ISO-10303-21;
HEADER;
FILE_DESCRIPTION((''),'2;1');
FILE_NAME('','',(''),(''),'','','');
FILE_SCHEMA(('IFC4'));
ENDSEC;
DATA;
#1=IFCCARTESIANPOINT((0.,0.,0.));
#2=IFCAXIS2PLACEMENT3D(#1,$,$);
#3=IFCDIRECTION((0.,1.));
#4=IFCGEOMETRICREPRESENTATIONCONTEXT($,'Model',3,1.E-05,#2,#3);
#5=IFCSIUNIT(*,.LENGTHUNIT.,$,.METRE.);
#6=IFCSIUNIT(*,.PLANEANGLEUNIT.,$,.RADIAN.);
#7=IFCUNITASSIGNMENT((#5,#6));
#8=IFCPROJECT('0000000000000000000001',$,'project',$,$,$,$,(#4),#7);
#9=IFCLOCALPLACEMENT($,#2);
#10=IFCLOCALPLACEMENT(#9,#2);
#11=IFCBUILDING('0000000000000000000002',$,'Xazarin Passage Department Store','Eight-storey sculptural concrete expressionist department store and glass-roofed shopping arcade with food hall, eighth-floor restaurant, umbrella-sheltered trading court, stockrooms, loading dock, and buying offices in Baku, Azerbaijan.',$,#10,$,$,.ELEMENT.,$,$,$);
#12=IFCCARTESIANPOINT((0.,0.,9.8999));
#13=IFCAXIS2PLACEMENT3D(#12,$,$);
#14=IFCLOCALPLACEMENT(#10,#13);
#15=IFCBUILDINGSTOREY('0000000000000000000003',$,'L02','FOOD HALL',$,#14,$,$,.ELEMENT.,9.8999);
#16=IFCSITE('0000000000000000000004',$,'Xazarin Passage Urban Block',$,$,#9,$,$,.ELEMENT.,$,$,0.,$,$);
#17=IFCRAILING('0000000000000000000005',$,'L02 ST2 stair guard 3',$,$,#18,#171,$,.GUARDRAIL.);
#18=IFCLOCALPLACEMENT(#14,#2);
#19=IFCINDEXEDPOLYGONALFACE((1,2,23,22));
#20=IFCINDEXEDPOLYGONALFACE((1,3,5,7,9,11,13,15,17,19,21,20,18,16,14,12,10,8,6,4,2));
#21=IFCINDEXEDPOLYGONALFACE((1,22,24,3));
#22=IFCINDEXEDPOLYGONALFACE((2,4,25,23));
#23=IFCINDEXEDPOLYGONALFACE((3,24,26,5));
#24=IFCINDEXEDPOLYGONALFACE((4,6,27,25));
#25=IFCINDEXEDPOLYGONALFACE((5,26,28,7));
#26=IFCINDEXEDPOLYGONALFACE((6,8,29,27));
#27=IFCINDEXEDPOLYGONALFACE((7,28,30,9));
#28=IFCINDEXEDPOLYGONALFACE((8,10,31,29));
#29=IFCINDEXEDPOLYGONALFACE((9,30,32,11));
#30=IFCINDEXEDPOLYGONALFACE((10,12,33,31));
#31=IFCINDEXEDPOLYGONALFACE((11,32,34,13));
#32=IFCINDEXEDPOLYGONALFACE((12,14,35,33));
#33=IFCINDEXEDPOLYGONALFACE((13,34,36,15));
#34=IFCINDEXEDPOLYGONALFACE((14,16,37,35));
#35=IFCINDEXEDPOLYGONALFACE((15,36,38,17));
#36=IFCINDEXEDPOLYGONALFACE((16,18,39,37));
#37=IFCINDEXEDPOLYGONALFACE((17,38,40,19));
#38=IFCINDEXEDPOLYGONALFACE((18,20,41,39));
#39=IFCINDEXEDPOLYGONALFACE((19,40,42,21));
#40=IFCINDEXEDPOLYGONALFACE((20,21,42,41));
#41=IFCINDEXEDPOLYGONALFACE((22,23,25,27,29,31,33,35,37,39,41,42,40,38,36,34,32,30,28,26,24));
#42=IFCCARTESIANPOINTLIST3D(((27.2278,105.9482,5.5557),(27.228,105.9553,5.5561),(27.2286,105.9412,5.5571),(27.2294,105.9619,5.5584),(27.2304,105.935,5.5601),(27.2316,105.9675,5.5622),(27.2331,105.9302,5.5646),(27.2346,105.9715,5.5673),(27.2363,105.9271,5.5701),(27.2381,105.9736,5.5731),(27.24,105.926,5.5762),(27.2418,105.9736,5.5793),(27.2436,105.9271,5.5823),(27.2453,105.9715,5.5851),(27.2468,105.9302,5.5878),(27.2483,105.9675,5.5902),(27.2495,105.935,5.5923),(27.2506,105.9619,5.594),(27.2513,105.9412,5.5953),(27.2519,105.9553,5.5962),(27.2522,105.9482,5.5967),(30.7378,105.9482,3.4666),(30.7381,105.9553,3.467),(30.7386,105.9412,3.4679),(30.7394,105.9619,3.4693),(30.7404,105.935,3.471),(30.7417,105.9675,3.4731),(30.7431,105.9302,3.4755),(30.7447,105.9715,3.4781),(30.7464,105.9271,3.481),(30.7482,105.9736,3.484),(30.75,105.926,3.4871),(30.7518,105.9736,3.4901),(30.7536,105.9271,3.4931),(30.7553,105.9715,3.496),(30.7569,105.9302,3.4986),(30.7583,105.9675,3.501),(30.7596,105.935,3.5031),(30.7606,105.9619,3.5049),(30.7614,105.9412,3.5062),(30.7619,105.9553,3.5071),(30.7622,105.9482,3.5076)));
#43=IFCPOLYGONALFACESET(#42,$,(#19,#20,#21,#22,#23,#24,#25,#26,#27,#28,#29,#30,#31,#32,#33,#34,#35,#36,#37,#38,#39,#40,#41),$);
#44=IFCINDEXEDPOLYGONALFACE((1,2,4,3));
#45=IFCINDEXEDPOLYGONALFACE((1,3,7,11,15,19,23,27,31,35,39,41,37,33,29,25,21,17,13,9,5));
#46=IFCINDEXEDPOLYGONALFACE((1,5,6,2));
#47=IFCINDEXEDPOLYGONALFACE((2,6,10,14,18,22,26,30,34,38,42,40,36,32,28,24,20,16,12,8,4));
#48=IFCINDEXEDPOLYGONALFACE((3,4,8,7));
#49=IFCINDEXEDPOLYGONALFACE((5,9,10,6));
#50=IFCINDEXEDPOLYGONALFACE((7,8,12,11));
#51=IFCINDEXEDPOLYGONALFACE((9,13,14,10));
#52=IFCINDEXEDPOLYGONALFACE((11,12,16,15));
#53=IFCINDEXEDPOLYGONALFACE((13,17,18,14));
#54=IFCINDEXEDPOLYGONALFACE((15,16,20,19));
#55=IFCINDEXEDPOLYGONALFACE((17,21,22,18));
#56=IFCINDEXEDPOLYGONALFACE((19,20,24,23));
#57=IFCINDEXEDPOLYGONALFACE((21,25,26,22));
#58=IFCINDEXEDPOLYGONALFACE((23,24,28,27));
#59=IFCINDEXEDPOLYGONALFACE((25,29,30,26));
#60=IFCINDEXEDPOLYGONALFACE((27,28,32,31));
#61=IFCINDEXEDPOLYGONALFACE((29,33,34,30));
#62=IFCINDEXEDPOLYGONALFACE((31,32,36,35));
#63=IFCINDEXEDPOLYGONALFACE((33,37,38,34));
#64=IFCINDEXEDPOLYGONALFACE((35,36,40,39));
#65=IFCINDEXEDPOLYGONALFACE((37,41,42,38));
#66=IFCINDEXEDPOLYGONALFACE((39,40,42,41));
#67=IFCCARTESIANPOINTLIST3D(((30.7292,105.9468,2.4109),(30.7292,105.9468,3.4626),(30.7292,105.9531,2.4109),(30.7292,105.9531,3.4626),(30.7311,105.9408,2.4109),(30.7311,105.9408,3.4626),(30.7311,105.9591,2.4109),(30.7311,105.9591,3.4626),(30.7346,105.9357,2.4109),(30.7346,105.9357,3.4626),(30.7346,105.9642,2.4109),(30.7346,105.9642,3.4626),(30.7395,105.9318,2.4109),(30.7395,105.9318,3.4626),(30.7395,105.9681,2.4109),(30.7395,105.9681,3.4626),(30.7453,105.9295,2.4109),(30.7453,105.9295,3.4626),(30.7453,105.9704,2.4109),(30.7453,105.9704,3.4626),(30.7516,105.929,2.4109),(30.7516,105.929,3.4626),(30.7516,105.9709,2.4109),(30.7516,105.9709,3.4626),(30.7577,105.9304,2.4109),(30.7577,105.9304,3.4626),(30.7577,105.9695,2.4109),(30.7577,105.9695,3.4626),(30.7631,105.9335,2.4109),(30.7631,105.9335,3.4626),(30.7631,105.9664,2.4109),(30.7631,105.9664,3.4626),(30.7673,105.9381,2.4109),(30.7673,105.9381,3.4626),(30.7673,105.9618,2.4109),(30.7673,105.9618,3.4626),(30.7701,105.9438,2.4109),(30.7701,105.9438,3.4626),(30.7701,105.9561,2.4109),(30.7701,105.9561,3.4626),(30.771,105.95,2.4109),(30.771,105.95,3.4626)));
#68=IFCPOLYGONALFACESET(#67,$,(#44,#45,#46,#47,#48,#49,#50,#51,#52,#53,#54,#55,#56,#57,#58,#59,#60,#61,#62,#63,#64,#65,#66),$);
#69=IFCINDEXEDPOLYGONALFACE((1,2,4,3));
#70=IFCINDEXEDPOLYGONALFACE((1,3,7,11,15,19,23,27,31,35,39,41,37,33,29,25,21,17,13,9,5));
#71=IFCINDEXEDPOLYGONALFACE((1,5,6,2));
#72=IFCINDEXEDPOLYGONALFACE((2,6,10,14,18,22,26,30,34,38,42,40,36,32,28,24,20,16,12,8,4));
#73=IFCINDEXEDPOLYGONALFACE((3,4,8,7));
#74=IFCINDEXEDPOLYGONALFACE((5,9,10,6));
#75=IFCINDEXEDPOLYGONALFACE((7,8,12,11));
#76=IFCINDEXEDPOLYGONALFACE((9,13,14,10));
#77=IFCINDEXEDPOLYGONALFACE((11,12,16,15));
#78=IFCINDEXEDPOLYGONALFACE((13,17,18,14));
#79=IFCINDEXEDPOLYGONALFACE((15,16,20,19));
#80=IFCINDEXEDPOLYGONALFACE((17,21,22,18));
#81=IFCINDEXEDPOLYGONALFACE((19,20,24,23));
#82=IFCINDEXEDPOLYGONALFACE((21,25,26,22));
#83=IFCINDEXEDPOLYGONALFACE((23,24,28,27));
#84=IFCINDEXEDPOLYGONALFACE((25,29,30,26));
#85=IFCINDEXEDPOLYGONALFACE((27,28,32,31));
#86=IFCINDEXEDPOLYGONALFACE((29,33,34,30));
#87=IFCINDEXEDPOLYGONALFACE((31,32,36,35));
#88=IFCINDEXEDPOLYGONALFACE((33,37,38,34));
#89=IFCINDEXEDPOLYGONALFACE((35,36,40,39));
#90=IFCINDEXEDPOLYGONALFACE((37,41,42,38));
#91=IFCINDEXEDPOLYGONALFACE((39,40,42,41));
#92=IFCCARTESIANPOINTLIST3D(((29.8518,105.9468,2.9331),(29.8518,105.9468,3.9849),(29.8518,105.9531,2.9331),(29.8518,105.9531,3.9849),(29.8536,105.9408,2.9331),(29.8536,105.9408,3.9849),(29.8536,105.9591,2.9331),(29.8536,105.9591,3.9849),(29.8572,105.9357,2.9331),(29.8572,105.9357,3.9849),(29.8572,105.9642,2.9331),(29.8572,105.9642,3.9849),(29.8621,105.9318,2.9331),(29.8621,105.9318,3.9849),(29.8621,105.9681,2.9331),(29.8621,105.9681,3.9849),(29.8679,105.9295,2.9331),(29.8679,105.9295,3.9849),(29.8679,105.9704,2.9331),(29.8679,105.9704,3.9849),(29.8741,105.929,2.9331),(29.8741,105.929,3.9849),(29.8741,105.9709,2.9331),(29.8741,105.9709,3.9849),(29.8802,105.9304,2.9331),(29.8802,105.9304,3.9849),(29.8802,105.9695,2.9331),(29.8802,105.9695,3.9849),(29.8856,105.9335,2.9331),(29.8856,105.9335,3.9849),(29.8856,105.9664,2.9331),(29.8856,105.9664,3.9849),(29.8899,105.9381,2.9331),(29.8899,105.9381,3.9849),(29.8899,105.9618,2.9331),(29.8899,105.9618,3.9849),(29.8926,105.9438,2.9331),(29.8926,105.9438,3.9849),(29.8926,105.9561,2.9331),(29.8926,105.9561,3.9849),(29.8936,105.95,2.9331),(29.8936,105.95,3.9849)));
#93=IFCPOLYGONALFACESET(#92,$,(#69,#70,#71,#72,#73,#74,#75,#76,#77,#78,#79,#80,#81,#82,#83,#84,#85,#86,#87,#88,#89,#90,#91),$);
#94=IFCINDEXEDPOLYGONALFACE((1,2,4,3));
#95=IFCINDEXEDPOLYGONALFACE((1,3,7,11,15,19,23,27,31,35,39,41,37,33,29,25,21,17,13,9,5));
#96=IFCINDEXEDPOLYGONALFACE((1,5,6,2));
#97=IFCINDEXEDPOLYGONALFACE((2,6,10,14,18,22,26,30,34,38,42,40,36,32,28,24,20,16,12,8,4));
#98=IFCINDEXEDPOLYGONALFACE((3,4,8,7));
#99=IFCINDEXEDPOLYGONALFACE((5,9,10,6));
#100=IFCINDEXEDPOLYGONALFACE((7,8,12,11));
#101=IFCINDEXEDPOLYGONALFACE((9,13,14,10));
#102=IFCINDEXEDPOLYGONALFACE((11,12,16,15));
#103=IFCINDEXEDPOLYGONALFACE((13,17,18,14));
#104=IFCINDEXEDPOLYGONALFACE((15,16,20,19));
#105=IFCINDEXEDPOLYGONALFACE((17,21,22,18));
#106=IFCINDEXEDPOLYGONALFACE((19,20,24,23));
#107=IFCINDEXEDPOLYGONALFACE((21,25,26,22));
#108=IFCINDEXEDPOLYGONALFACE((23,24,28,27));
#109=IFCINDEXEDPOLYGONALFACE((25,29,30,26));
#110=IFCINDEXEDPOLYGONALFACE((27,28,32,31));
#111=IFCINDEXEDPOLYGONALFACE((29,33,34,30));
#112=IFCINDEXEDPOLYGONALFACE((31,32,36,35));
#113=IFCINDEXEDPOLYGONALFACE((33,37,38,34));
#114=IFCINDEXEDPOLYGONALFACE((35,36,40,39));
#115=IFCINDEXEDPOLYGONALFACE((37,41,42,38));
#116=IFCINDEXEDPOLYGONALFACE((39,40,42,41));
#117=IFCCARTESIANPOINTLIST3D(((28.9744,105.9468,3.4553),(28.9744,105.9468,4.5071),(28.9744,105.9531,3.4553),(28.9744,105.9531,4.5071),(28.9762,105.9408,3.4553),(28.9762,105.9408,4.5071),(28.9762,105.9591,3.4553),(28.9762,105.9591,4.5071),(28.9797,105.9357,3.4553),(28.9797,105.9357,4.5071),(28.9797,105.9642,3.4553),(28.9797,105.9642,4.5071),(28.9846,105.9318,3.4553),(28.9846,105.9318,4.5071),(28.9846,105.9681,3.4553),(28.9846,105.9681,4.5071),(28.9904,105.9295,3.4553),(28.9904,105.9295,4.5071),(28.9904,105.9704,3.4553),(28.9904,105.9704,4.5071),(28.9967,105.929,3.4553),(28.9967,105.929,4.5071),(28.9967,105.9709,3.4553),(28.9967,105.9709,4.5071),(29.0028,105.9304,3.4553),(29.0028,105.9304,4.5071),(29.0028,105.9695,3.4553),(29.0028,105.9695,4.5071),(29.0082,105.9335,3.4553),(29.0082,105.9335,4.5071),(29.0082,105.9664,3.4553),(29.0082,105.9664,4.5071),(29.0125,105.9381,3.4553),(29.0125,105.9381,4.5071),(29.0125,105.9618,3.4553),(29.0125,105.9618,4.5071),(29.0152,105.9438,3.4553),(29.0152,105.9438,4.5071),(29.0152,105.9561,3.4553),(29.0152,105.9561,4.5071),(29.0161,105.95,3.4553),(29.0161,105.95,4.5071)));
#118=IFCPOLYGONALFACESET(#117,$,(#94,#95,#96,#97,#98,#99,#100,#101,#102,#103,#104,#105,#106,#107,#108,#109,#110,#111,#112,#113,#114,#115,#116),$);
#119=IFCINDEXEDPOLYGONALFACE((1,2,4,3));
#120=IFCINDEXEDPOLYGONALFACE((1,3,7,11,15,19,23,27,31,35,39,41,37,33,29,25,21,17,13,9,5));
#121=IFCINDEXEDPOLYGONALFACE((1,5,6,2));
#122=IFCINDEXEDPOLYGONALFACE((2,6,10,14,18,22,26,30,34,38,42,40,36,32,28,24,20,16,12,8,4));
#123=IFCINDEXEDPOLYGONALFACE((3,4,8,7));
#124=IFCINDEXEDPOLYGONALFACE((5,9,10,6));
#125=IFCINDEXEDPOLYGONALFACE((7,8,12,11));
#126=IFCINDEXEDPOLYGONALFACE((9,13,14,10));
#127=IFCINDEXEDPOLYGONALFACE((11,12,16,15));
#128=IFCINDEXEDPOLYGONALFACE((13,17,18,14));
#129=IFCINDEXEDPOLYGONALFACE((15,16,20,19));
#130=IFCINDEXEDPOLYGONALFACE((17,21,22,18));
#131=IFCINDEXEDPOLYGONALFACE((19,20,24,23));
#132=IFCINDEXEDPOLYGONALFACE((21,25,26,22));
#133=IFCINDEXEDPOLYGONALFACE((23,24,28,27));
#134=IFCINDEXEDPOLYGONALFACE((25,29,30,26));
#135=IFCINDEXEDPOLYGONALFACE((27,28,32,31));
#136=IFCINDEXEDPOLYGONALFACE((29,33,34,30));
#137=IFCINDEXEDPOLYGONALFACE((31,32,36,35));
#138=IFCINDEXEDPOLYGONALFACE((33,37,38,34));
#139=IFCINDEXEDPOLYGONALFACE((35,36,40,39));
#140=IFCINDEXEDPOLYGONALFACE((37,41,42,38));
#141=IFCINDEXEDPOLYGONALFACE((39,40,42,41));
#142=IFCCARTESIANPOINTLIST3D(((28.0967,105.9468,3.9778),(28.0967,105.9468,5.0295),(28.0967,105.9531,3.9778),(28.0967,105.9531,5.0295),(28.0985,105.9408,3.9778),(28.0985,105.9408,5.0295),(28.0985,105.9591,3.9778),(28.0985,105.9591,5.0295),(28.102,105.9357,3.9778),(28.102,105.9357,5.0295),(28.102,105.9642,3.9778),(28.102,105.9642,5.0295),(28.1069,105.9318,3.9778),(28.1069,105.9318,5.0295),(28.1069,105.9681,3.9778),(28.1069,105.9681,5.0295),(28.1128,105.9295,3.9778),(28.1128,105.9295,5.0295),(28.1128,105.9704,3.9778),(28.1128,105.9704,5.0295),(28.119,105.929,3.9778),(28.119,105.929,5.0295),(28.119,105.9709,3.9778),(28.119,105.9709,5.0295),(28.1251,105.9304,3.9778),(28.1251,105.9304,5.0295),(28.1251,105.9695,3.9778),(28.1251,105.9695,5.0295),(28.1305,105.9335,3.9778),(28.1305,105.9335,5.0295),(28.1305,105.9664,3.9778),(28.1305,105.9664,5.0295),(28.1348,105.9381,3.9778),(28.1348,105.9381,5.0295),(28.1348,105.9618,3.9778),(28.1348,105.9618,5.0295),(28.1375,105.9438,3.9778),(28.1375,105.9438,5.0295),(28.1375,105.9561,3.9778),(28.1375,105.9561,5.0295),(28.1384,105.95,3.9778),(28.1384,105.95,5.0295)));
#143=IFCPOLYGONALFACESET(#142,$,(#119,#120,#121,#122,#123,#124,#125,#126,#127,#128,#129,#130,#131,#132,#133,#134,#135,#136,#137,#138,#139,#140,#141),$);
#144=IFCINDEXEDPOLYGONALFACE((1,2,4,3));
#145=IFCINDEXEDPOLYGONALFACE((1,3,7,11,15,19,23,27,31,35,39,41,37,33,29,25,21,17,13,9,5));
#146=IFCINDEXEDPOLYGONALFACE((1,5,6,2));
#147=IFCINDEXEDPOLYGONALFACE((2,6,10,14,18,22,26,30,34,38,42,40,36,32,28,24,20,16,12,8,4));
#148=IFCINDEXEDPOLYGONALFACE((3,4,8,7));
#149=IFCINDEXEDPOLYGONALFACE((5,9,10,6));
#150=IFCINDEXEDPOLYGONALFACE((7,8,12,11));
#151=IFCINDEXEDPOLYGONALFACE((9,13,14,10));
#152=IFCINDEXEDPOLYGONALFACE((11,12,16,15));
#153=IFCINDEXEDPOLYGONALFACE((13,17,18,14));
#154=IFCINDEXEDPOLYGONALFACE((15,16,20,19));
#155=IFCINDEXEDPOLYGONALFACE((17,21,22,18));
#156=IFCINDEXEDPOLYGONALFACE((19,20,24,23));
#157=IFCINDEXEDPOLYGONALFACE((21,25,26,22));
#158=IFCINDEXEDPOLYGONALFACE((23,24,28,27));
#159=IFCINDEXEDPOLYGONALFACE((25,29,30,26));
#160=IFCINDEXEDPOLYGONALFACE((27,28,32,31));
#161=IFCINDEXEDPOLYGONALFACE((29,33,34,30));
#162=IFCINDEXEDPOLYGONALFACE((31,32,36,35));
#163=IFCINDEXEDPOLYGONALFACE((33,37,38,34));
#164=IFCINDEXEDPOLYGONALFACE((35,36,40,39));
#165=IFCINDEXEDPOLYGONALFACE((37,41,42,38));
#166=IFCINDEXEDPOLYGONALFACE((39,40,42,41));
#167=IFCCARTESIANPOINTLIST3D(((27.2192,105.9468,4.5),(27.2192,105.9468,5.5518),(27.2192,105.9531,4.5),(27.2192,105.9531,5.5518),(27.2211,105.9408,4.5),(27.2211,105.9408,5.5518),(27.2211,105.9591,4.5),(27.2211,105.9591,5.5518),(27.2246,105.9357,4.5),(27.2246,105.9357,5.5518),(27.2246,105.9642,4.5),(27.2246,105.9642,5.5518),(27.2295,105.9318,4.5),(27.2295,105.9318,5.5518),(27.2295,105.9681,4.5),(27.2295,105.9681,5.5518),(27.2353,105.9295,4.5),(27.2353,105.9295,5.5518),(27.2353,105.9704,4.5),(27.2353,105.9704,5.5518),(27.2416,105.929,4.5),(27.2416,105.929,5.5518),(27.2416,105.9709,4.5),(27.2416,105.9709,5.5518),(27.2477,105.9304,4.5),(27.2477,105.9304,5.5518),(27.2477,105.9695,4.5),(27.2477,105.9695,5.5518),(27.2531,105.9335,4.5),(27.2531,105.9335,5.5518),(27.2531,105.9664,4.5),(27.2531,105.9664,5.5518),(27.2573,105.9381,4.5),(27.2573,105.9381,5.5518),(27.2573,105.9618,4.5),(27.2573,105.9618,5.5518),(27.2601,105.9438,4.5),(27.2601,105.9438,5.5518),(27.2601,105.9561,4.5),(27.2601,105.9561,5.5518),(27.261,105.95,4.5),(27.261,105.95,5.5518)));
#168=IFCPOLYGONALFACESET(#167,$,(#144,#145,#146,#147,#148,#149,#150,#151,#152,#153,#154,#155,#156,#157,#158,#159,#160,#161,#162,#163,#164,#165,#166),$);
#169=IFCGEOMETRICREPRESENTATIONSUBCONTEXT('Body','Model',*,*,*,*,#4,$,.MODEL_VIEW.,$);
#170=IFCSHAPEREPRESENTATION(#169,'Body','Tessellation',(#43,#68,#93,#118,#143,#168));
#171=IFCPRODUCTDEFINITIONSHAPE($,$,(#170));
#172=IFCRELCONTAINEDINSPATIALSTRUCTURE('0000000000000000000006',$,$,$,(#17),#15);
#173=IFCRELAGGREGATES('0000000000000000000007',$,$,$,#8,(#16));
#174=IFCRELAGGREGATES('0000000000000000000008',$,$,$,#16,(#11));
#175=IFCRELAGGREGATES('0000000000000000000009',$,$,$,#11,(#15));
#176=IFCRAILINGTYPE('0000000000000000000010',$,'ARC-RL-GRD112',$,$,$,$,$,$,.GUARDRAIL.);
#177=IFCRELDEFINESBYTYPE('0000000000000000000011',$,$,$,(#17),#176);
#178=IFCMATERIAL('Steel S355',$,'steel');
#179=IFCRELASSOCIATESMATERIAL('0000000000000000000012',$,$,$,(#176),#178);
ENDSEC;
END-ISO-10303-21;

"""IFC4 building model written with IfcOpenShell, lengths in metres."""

from ifc_helpers import new_model, si_unit, direction, frame, origin, origin_2d, place, context, subcontext, project, spatial, circle, extrude, material, type_object, element, save


model = new_model("IFC4")

# Units and contexts
model_context = context("Model", 3, precision=1e-05, world=origin(), true_north=direction((0.0, 1.0)))
body_context = subcontext(model_context, "Body", "Model", "MODEL_VIEW")
ifc_project = project(units=[si_unit("LENGTHUNIT", "METRE"), si_unit("PLANEANGLEUNIT", "RADIAN")], contexts=[model_context])

# Site, building, storey
site_placement = place(None, origin())
site = spatial("IfcSite", under=ifc_project, at=site_placement, Name="Xazarin Passage Urban Block", CompositionType="ELEMENT", RefElevation=0.0)
building_placement = place(site_placement, origin())
building = spatial("IfcBuilding", under=site, at=building_placement, Name="Xazarin Passage Department Store", Description="Eight-storey sculptural concrete expressionist department store and glass-roofed shopping arcade with food hall, eighth-floor restaurant, umbrella-sheltered trading court, stockrooms, loading dock, and buying offices in Baku, Azerbaijan.", CompositionType="ELEMENT")
storey_placement = place(building_placement, frame((0.0, 0.0, 9.8999)))
storey = spatial("IfcBuildingStorey", under=building, at=storey_placement, Name="L02", Description="FOOD HALL", CompositionType="ELEMENT", Elevation=9.8999)

# Railing
ifc_material_1 = material(Name="Steel S355", Category="steel")
railing_type_1 = type_object("IfcRailingType", Name="ARC-RL-GRD112", PredefinedType="GUARDRAIL", material=ifc_material_1)
railing_1_placement = place(storey_placement, frame((30.75, 105.95, 2.4109)))
element("IfcRailing", 1, at=railing_1_placement, inside=storey, type_object=railing_type_1, Name="L02 ST2 stair guard 3", PredefinedType="GUARDRAIL", context=body_context, shape_type="SweptSolid", body=[
    extrude(circle(Radius=0.0239, at=origin_2d()), frame((0.0, 0.0, 1.0762), z_axis=(-0.859312, 0.0, 0.511451), x_axis=(0.0, -1.0, 0.0)), (0.0, 0.0, 1.0), 4.0847),
    extrude(circle(Radius=0.021, at=origin_2d()), origin(), (0.0, 0.0, 1.0), 1.0518),
    extrude(circle(Radius=0.021, at=origin_2d()), frame((-0.8774, 0.0, 0.5222)), (0.0, 0.0, 1.0), 1.0518),
    extrude(circle(Radius=0.021, at=origin_2d()), frame((-1.7549, 0.0, 1.0444)), (0.0, 0.0, 1.0), 1.0518),
    extrude(circle(Radius=0.021, at=origin_2d()), frame((-2.6326, 0.0, 1.5669)), (0.0, 0.0, 1.0), 1.0518),
    extrude(circle(Radius=0.021, at=origin_2d()), frame((-3.51, 0.0, 2.0891)), (0.0, 0.0, 1.0), 1.0518),
])

save(model, "model.ifc")
